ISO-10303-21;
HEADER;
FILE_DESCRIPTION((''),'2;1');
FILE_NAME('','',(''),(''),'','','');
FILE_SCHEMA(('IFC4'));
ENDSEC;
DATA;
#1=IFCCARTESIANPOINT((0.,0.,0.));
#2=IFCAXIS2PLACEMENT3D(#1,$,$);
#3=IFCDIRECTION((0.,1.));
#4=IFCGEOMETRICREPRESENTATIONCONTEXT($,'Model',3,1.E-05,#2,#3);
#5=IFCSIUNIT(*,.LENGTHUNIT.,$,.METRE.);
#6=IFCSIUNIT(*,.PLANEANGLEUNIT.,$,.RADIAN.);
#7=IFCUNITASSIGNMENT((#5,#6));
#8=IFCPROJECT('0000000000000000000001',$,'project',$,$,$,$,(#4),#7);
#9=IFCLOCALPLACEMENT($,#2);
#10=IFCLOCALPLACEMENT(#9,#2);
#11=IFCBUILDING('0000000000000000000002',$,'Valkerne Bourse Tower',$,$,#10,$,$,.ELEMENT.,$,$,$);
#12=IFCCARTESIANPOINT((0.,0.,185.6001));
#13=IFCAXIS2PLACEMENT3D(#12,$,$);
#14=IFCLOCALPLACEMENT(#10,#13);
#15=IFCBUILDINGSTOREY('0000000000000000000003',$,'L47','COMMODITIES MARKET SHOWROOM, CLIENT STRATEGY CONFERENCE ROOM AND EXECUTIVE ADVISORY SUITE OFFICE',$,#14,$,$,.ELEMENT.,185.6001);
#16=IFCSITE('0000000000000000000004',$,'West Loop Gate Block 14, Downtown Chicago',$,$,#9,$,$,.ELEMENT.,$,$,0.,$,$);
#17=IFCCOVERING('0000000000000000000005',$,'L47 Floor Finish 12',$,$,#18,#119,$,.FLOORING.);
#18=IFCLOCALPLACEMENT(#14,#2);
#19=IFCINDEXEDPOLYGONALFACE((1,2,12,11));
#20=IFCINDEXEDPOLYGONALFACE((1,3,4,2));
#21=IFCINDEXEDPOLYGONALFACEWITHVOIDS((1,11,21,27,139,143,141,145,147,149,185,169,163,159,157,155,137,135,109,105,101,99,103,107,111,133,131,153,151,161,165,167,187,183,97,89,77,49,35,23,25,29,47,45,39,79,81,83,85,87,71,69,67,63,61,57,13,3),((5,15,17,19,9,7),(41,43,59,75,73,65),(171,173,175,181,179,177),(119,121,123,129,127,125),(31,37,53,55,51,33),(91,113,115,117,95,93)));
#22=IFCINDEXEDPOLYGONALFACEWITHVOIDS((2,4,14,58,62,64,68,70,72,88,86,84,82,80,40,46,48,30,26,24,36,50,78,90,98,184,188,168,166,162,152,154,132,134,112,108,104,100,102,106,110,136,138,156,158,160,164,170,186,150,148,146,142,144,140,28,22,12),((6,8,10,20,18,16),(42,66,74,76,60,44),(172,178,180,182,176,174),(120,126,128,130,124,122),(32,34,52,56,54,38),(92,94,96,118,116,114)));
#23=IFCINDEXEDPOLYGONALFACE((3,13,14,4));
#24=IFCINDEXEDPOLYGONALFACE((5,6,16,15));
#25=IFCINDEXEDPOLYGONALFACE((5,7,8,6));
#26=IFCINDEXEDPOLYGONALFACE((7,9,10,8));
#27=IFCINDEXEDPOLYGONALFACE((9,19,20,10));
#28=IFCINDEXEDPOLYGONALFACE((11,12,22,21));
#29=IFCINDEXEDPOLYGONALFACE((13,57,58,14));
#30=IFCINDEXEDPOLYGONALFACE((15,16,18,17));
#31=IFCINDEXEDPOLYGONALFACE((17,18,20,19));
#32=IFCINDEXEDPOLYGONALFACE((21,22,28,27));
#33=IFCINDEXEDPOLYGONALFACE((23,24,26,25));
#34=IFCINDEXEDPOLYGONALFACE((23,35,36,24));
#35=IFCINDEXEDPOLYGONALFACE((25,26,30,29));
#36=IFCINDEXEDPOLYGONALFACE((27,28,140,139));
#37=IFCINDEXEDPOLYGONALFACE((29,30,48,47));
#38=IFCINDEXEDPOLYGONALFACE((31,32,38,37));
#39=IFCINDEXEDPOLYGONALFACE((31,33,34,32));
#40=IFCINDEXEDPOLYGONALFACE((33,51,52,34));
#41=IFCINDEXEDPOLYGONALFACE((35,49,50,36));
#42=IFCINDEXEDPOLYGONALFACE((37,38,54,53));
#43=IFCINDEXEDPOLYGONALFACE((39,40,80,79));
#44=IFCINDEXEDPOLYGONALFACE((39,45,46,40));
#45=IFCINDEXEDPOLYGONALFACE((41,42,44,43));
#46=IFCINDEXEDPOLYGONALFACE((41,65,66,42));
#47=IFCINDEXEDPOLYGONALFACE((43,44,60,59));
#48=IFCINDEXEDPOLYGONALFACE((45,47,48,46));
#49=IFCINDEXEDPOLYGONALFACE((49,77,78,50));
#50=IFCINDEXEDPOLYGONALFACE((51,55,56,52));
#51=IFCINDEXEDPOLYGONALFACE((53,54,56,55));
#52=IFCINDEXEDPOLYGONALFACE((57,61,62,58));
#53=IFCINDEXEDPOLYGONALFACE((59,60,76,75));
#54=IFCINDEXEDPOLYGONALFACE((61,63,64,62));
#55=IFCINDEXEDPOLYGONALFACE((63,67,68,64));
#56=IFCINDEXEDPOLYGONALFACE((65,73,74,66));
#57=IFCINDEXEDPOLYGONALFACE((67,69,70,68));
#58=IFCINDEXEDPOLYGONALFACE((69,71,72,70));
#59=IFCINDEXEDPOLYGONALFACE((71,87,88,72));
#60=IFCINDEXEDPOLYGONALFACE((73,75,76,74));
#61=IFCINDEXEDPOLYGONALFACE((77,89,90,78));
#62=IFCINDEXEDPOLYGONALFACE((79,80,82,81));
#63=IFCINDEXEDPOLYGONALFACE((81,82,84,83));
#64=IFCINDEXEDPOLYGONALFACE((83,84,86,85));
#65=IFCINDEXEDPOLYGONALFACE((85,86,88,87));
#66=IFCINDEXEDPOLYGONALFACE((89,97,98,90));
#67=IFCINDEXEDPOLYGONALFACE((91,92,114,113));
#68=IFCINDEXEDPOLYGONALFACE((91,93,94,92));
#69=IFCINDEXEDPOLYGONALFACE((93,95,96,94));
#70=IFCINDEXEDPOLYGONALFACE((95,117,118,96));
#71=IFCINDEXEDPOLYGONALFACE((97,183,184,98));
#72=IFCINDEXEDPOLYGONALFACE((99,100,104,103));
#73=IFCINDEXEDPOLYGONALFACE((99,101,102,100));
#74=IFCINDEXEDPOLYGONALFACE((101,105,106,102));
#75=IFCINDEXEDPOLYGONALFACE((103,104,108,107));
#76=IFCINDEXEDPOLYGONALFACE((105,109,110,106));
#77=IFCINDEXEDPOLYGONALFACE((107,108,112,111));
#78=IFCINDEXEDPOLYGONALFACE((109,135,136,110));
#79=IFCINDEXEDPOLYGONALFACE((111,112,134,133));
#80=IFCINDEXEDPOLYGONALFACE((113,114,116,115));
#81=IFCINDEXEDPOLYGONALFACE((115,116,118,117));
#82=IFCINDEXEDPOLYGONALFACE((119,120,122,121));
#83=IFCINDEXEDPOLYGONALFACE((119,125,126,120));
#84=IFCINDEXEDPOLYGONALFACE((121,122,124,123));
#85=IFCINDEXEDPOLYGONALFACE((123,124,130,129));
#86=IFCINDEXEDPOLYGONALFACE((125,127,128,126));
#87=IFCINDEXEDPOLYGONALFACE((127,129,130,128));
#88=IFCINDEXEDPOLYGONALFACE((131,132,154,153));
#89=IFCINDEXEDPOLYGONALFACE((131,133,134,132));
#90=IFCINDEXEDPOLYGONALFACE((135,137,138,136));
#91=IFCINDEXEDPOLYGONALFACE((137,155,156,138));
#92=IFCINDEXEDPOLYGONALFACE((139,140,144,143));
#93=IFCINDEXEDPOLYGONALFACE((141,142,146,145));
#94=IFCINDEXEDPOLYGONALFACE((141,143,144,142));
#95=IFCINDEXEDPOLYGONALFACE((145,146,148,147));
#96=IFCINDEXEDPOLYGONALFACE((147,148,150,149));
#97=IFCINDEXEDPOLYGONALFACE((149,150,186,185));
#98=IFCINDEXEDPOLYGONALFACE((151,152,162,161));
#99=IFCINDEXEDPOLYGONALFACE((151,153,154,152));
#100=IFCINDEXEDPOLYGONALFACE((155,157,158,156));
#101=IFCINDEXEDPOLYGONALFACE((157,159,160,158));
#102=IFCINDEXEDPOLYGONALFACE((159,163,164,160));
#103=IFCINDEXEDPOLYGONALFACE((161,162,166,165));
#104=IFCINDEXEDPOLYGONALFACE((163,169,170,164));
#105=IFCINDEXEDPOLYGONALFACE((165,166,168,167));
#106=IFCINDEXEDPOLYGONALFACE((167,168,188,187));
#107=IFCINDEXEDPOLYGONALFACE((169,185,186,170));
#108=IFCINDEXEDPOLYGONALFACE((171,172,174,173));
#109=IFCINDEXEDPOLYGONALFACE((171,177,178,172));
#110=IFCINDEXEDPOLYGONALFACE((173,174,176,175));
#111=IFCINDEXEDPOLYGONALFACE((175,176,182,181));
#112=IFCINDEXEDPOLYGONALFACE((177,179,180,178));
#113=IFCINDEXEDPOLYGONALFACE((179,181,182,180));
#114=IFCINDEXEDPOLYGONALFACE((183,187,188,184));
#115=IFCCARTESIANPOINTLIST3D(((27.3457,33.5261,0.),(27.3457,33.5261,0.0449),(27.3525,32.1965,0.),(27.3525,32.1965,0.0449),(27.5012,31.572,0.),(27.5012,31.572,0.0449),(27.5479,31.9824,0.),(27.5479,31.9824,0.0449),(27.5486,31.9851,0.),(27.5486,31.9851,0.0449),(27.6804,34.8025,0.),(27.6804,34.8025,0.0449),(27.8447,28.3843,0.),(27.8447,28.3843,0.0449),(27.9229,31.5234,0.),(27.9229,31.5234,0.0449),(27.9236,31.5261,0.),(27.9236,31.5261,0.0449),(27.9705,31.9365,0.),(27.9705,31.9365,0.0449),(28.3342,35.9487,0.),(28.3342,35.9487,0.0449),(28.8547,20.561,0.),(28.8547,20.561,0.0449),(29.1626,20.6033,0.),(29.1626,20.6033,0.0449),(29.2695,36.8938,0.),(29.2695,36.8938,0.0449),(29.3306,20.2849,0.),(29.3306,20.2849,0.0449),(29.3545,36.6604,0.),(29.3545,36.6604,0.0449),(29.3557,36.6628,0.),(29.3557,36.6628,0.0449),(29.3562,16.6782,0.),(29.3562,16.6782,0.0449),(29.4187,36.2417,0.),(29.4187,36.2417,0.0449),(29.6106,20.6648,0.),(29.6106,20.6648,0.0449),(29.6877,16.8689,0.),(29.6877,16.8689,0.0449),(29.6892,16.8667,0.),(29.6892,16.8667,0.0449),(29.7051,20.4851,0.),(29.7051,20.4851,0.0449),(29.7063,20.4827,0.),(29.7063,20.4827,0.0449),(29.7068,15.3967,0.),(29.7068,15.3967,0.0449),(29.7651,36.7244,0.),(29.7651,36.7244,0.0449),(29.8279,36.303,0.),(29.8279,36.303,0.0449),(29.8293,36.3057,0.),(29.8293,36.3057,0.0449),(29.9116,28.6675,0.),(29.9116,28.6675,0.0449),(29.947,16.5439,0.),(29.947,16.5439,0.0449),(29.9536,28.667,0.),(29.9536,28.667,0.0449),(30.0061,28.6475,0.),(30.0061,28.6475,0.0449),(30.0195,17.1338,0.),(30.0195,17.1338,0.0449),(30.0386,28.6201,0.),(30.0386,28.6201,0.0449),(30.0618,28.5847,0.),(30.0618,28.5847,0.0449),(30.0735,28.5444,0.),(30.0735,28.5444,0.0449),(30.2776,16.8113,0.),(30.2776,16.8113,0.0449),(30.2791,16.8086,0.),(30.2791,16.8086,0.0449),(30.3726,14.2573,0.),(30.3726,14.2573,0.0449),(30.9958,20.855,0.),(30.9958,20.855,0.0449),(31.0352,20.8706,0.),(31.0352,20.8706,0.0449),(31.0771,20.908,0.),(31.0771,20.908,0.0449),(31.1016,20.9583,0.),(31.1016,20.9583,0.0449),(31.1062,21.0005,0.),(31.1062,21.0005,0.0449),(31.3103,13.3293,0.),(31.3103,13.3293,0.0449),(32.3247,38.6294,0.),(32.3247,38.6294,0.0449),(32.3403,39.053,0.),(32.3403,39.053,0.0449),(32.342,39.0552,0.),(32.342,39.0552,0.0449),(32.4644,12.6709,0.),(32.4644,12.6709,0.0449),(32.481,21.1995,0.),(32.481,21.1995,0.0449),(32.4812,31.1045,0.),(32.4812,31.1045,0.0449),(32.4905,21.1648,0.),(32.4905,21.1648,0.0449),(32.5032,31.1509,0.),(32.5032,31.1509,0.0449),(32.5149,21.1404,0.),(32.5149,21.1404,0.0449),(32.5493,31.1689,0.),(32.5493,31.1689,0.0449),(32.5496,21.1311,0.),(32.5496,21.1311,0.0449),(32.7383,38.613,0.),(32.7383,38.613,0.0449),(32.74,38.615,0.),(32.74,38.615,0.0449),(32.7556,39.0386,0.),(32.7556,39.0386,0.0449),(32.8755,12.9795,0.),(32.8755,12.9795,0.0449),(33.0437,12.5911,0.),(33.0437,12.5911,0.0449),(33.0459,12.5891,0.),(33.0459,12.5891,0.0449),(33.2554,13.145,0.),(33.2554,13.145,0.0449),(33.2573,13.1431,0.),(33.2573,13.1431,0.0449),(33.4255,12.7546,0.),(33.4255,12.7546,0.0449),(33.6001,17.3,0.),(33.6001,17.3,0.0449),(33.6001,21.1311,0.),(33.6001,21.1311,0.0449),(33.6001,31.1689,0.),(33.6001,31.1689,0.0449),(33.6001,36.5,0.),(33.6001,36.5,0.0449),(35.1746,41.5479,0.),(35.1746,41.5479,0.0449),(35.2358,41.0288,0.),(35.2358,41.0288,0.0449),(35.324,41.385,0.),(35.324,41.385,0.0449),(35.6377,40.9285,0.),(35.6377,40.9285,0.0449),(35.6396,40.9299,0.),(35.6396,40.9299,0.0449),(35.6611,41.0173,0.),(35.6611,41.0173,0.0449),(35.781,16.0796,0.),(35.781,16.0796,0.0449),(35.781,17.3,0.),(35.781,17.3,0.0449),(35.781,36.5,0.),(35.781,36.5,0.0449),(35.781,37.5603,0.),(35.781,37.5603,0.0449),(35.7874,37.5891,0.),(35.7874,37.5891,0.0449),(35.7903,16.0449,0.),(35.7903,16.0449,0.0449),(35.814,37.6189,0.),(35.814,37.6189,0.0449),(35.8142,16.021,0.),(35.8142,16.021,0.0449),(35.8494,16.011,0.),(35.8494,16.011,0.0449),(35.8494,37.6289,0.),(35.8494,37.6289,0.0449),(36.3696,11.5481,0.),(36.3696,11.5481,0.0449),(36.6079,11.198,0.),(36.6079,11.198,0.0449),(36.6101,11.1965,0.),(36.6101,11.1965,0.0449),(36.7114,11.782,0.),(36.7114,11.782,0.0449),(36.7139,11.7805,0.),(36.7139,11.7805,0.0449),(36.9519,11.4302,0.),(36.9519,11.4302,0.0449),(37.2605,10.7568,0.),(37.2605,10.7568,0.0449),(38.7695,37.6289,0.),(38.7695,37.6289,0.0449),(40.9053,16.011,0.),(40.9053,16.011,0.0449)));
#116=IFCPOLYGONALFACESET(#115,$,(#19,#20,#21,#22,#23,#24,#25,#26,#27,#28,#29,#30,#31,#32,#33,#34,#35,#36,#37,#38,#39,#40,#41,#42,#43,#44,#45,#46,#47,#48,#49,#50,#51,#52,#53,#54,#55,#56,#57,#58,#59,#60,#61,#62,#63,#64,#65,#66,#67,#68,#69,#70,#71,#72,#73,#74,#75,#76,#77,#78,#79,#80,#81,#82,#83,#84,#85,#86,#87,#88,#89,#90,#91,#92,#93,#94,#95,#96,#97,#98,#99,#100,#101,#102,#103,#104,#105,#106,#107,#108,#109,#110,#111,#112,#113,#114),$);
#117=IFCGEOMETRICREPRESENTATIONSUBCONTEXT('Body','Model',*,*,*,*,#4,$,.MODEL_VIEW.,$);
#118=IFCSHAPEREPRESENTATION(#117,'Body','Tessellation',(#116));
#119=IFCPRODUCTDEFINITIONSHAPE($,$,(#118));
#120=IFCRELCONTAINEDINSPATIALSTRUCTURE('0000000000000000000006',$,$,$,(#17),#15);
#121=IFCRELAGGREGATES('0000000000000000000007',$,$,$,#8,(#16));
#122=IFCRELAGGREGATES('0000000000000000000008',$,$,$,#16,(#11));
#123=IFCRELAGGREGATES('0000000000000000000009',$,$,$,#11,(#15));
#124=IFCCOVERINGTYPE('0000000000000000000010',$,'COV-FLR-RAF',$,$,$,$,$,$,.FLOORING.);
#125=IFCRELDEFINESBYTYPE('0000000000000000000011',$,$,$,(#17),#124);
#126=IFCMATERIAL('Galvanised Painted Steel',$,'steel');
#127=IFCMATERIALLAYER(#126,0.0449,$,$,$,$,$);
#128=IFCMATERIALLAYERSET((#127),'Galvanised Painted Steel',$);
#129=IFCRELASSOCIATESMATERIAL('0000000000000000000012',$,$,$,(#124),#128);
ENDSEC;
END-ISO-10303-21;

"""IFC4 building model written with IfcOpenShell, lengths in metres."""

from ifc_helpers import new_model, si_unit, direction, frame, origin, place, context, subcontext, project, spatial, polyline, outline, extrude, material, layer, layer_set, type_object, element, save


model = new_model("IFC4")

# Units and contexts
model_context = context("Model", 3, precision=1e-05, world=origin(), true_north=direction((0.0, 1.0)))
body_context = subcontext(model_context, "Body", "Model", "MODEL_VIEW")
ifc_project = project(units=[si_unit("LENGTHUNIT", "METRE"), si_unit("PLANEANGLEUNIT", "RADIAN")], contexts=[model_context])

# Site, building, storey
site_placement = place(None, origin())
site = spatial("IfcSite", under=ifc_project, at=site_placement, Name="West Loop Gate Block 14, Downtown Chicago", CompositionType="ELEMENT", RefElevation=0.0)
building_placement = place(site_placement, origin())
building = spatial("IfcBuilding", under=site, at=building_placement, Name="Valkerne Bourse Tower", CompositionType="ELEMENT")
storey_placement = place(building_placement, frame((0.0, 0.0, 185.6001)))
storey = spatial("IfcBuildingStorey", under=building, at=storey_placement, Name="L47", Description="COMMODITIES MARKET SHOWROOM, CLIENT STRATEGY CONFERENCE ROOM AND EXECUTIVE ADVISORY SUITE OFFICE", CompositionType="ELEMENT", Elevation=185.6001)

# Covering
ifc_material_1 = material(Name="Galvanised Painted Steel", Category="steel")
ifc_layer_1 = layer(ifc_material_1, 0.0449)
ifc_layer_set_1 = layer_set([ifc_layer_1], Name="Galvanised Painted Steel")
covering_type_1 = type_object("IfcCoveringType", Name="COV-FLR-RAF", PredefinedType="FLOORING", material=ifc_layer_set_1)
covering_1_placement = place(storey_placement, origin())
element("IfcCovering", 1, at=covering_1_placement, inside=storey, type_object=covering_type_1, Name="L47 Floor Finish 12", PredefinedType="FLOORING", context=body_context, shape_type="SweptSolid", body=[
    extrude(outline(polyline([(29.2695, 36.8938), (35.1746, 41.5479), (35.324, 41.385), (35.2358, 41.0288), (35.6377, 40.9285), (35.6396, 40.9299), (35.6611, 41.0173), (38.7695, 37.6289), (35.8494, 37.6289), (35.814, 37.6189), (35.7874, 37.5891), (35.781, 37.5603), (35.781, 36.5), (33.6001, 36.5), (33.6001, 31.1689), (32.5493, 31.1689), (32.5032, 31.1509), (32.4812, 31.1045), (32.481, 21.1995), (32.4905, 21.1648), (32.5149, 21.1404), (32.5496, 21.1311), (33.6001, 21.1311), (33.6001, 17.3), (35.781, 17.3), (35.781, 16.0796), (35.7903, 16.0449), (35.8142, 16.021), (35.8494, 16.011), (40.9053, 16.011), (37.2605, 10.7568), (32.4644, 12.6709), (31.3103, 13.3293), (30.3726, 14.2573), (29.7068, 15.3967), (29.3562, 16.6782), (28.8547, 20.561), (29.1626, 20.6033), (29.3306, 20.2849), (29.7063, 20.4827), (29.7051, 20.4851), (29.6106, 20.6648), (30.9958, 20.855), (31.0352, 20.8706), (31.0771, 20.908), (31.1016, 20.9583), (31.1062, 21.0005), (30.0735, 28.5444), (30.0618, 28.5847), (30.0386, 28.6201), (30.0061, 28.6475), (29.9536, 28.667), (29.9116, 28.6675), (27.8447, 28.3843), (27.3525, 32.1965), (27.3457, 33.5261), (27.6804, 34.8025), (28.3342, 35.9487), (29.2695, 36.8938)]), holes=[polyline([(36.7139, 11.7805), (36.7114, 11.782), (36.3696, 11.5481), (36.6079, 11.198), (36.6101, 11.1965), (36.9519, 11.4302), (36.7139, 11.7805)]), polyline([(33.2573, 13.1431), (33.2554, 13.145), (32.8755, 12.9795), (33.0437, 12.5911), (33.0459, 12.5891), (33.4255, 12.7546), (33.2573, 13.1431)]), polyline([(30.2791, 16.8086), (30.2776, 16.8113), (30.0195, 17.1338), (29.6877, 16.8689), (29.6892, 16.8667), (29.947, 16.5439), (30.2791, 16.8086)]), polyline([(27.9236, 31.5261), (27.9705, 31.9365), (27.5486, 31.9851), (27.5479, 31.9824), (27.5012, 31.572), (27.9229, 31.5234), (27.9236, 31.5261)]), polyline([(29.8293, 36.3057), (29.7651, 36.7244), (29.3557, 36.6628), (29.3545, 36.6604), (29.4187, 36.2417), (29.8279, 36.303), (29.8293, 36.3057)]), polyline([(32.7556, 39.0386), (32.342, 39.0552), (32.3403, 39.053), (32.3247, 38.6294), (32.7383, 38.613), (32.74, 38.615), (32.7556, 39.0386)])]), origin(), (0.0, 0.0, 1.0), 0.0449),
])

save(model, "model.ifc")
